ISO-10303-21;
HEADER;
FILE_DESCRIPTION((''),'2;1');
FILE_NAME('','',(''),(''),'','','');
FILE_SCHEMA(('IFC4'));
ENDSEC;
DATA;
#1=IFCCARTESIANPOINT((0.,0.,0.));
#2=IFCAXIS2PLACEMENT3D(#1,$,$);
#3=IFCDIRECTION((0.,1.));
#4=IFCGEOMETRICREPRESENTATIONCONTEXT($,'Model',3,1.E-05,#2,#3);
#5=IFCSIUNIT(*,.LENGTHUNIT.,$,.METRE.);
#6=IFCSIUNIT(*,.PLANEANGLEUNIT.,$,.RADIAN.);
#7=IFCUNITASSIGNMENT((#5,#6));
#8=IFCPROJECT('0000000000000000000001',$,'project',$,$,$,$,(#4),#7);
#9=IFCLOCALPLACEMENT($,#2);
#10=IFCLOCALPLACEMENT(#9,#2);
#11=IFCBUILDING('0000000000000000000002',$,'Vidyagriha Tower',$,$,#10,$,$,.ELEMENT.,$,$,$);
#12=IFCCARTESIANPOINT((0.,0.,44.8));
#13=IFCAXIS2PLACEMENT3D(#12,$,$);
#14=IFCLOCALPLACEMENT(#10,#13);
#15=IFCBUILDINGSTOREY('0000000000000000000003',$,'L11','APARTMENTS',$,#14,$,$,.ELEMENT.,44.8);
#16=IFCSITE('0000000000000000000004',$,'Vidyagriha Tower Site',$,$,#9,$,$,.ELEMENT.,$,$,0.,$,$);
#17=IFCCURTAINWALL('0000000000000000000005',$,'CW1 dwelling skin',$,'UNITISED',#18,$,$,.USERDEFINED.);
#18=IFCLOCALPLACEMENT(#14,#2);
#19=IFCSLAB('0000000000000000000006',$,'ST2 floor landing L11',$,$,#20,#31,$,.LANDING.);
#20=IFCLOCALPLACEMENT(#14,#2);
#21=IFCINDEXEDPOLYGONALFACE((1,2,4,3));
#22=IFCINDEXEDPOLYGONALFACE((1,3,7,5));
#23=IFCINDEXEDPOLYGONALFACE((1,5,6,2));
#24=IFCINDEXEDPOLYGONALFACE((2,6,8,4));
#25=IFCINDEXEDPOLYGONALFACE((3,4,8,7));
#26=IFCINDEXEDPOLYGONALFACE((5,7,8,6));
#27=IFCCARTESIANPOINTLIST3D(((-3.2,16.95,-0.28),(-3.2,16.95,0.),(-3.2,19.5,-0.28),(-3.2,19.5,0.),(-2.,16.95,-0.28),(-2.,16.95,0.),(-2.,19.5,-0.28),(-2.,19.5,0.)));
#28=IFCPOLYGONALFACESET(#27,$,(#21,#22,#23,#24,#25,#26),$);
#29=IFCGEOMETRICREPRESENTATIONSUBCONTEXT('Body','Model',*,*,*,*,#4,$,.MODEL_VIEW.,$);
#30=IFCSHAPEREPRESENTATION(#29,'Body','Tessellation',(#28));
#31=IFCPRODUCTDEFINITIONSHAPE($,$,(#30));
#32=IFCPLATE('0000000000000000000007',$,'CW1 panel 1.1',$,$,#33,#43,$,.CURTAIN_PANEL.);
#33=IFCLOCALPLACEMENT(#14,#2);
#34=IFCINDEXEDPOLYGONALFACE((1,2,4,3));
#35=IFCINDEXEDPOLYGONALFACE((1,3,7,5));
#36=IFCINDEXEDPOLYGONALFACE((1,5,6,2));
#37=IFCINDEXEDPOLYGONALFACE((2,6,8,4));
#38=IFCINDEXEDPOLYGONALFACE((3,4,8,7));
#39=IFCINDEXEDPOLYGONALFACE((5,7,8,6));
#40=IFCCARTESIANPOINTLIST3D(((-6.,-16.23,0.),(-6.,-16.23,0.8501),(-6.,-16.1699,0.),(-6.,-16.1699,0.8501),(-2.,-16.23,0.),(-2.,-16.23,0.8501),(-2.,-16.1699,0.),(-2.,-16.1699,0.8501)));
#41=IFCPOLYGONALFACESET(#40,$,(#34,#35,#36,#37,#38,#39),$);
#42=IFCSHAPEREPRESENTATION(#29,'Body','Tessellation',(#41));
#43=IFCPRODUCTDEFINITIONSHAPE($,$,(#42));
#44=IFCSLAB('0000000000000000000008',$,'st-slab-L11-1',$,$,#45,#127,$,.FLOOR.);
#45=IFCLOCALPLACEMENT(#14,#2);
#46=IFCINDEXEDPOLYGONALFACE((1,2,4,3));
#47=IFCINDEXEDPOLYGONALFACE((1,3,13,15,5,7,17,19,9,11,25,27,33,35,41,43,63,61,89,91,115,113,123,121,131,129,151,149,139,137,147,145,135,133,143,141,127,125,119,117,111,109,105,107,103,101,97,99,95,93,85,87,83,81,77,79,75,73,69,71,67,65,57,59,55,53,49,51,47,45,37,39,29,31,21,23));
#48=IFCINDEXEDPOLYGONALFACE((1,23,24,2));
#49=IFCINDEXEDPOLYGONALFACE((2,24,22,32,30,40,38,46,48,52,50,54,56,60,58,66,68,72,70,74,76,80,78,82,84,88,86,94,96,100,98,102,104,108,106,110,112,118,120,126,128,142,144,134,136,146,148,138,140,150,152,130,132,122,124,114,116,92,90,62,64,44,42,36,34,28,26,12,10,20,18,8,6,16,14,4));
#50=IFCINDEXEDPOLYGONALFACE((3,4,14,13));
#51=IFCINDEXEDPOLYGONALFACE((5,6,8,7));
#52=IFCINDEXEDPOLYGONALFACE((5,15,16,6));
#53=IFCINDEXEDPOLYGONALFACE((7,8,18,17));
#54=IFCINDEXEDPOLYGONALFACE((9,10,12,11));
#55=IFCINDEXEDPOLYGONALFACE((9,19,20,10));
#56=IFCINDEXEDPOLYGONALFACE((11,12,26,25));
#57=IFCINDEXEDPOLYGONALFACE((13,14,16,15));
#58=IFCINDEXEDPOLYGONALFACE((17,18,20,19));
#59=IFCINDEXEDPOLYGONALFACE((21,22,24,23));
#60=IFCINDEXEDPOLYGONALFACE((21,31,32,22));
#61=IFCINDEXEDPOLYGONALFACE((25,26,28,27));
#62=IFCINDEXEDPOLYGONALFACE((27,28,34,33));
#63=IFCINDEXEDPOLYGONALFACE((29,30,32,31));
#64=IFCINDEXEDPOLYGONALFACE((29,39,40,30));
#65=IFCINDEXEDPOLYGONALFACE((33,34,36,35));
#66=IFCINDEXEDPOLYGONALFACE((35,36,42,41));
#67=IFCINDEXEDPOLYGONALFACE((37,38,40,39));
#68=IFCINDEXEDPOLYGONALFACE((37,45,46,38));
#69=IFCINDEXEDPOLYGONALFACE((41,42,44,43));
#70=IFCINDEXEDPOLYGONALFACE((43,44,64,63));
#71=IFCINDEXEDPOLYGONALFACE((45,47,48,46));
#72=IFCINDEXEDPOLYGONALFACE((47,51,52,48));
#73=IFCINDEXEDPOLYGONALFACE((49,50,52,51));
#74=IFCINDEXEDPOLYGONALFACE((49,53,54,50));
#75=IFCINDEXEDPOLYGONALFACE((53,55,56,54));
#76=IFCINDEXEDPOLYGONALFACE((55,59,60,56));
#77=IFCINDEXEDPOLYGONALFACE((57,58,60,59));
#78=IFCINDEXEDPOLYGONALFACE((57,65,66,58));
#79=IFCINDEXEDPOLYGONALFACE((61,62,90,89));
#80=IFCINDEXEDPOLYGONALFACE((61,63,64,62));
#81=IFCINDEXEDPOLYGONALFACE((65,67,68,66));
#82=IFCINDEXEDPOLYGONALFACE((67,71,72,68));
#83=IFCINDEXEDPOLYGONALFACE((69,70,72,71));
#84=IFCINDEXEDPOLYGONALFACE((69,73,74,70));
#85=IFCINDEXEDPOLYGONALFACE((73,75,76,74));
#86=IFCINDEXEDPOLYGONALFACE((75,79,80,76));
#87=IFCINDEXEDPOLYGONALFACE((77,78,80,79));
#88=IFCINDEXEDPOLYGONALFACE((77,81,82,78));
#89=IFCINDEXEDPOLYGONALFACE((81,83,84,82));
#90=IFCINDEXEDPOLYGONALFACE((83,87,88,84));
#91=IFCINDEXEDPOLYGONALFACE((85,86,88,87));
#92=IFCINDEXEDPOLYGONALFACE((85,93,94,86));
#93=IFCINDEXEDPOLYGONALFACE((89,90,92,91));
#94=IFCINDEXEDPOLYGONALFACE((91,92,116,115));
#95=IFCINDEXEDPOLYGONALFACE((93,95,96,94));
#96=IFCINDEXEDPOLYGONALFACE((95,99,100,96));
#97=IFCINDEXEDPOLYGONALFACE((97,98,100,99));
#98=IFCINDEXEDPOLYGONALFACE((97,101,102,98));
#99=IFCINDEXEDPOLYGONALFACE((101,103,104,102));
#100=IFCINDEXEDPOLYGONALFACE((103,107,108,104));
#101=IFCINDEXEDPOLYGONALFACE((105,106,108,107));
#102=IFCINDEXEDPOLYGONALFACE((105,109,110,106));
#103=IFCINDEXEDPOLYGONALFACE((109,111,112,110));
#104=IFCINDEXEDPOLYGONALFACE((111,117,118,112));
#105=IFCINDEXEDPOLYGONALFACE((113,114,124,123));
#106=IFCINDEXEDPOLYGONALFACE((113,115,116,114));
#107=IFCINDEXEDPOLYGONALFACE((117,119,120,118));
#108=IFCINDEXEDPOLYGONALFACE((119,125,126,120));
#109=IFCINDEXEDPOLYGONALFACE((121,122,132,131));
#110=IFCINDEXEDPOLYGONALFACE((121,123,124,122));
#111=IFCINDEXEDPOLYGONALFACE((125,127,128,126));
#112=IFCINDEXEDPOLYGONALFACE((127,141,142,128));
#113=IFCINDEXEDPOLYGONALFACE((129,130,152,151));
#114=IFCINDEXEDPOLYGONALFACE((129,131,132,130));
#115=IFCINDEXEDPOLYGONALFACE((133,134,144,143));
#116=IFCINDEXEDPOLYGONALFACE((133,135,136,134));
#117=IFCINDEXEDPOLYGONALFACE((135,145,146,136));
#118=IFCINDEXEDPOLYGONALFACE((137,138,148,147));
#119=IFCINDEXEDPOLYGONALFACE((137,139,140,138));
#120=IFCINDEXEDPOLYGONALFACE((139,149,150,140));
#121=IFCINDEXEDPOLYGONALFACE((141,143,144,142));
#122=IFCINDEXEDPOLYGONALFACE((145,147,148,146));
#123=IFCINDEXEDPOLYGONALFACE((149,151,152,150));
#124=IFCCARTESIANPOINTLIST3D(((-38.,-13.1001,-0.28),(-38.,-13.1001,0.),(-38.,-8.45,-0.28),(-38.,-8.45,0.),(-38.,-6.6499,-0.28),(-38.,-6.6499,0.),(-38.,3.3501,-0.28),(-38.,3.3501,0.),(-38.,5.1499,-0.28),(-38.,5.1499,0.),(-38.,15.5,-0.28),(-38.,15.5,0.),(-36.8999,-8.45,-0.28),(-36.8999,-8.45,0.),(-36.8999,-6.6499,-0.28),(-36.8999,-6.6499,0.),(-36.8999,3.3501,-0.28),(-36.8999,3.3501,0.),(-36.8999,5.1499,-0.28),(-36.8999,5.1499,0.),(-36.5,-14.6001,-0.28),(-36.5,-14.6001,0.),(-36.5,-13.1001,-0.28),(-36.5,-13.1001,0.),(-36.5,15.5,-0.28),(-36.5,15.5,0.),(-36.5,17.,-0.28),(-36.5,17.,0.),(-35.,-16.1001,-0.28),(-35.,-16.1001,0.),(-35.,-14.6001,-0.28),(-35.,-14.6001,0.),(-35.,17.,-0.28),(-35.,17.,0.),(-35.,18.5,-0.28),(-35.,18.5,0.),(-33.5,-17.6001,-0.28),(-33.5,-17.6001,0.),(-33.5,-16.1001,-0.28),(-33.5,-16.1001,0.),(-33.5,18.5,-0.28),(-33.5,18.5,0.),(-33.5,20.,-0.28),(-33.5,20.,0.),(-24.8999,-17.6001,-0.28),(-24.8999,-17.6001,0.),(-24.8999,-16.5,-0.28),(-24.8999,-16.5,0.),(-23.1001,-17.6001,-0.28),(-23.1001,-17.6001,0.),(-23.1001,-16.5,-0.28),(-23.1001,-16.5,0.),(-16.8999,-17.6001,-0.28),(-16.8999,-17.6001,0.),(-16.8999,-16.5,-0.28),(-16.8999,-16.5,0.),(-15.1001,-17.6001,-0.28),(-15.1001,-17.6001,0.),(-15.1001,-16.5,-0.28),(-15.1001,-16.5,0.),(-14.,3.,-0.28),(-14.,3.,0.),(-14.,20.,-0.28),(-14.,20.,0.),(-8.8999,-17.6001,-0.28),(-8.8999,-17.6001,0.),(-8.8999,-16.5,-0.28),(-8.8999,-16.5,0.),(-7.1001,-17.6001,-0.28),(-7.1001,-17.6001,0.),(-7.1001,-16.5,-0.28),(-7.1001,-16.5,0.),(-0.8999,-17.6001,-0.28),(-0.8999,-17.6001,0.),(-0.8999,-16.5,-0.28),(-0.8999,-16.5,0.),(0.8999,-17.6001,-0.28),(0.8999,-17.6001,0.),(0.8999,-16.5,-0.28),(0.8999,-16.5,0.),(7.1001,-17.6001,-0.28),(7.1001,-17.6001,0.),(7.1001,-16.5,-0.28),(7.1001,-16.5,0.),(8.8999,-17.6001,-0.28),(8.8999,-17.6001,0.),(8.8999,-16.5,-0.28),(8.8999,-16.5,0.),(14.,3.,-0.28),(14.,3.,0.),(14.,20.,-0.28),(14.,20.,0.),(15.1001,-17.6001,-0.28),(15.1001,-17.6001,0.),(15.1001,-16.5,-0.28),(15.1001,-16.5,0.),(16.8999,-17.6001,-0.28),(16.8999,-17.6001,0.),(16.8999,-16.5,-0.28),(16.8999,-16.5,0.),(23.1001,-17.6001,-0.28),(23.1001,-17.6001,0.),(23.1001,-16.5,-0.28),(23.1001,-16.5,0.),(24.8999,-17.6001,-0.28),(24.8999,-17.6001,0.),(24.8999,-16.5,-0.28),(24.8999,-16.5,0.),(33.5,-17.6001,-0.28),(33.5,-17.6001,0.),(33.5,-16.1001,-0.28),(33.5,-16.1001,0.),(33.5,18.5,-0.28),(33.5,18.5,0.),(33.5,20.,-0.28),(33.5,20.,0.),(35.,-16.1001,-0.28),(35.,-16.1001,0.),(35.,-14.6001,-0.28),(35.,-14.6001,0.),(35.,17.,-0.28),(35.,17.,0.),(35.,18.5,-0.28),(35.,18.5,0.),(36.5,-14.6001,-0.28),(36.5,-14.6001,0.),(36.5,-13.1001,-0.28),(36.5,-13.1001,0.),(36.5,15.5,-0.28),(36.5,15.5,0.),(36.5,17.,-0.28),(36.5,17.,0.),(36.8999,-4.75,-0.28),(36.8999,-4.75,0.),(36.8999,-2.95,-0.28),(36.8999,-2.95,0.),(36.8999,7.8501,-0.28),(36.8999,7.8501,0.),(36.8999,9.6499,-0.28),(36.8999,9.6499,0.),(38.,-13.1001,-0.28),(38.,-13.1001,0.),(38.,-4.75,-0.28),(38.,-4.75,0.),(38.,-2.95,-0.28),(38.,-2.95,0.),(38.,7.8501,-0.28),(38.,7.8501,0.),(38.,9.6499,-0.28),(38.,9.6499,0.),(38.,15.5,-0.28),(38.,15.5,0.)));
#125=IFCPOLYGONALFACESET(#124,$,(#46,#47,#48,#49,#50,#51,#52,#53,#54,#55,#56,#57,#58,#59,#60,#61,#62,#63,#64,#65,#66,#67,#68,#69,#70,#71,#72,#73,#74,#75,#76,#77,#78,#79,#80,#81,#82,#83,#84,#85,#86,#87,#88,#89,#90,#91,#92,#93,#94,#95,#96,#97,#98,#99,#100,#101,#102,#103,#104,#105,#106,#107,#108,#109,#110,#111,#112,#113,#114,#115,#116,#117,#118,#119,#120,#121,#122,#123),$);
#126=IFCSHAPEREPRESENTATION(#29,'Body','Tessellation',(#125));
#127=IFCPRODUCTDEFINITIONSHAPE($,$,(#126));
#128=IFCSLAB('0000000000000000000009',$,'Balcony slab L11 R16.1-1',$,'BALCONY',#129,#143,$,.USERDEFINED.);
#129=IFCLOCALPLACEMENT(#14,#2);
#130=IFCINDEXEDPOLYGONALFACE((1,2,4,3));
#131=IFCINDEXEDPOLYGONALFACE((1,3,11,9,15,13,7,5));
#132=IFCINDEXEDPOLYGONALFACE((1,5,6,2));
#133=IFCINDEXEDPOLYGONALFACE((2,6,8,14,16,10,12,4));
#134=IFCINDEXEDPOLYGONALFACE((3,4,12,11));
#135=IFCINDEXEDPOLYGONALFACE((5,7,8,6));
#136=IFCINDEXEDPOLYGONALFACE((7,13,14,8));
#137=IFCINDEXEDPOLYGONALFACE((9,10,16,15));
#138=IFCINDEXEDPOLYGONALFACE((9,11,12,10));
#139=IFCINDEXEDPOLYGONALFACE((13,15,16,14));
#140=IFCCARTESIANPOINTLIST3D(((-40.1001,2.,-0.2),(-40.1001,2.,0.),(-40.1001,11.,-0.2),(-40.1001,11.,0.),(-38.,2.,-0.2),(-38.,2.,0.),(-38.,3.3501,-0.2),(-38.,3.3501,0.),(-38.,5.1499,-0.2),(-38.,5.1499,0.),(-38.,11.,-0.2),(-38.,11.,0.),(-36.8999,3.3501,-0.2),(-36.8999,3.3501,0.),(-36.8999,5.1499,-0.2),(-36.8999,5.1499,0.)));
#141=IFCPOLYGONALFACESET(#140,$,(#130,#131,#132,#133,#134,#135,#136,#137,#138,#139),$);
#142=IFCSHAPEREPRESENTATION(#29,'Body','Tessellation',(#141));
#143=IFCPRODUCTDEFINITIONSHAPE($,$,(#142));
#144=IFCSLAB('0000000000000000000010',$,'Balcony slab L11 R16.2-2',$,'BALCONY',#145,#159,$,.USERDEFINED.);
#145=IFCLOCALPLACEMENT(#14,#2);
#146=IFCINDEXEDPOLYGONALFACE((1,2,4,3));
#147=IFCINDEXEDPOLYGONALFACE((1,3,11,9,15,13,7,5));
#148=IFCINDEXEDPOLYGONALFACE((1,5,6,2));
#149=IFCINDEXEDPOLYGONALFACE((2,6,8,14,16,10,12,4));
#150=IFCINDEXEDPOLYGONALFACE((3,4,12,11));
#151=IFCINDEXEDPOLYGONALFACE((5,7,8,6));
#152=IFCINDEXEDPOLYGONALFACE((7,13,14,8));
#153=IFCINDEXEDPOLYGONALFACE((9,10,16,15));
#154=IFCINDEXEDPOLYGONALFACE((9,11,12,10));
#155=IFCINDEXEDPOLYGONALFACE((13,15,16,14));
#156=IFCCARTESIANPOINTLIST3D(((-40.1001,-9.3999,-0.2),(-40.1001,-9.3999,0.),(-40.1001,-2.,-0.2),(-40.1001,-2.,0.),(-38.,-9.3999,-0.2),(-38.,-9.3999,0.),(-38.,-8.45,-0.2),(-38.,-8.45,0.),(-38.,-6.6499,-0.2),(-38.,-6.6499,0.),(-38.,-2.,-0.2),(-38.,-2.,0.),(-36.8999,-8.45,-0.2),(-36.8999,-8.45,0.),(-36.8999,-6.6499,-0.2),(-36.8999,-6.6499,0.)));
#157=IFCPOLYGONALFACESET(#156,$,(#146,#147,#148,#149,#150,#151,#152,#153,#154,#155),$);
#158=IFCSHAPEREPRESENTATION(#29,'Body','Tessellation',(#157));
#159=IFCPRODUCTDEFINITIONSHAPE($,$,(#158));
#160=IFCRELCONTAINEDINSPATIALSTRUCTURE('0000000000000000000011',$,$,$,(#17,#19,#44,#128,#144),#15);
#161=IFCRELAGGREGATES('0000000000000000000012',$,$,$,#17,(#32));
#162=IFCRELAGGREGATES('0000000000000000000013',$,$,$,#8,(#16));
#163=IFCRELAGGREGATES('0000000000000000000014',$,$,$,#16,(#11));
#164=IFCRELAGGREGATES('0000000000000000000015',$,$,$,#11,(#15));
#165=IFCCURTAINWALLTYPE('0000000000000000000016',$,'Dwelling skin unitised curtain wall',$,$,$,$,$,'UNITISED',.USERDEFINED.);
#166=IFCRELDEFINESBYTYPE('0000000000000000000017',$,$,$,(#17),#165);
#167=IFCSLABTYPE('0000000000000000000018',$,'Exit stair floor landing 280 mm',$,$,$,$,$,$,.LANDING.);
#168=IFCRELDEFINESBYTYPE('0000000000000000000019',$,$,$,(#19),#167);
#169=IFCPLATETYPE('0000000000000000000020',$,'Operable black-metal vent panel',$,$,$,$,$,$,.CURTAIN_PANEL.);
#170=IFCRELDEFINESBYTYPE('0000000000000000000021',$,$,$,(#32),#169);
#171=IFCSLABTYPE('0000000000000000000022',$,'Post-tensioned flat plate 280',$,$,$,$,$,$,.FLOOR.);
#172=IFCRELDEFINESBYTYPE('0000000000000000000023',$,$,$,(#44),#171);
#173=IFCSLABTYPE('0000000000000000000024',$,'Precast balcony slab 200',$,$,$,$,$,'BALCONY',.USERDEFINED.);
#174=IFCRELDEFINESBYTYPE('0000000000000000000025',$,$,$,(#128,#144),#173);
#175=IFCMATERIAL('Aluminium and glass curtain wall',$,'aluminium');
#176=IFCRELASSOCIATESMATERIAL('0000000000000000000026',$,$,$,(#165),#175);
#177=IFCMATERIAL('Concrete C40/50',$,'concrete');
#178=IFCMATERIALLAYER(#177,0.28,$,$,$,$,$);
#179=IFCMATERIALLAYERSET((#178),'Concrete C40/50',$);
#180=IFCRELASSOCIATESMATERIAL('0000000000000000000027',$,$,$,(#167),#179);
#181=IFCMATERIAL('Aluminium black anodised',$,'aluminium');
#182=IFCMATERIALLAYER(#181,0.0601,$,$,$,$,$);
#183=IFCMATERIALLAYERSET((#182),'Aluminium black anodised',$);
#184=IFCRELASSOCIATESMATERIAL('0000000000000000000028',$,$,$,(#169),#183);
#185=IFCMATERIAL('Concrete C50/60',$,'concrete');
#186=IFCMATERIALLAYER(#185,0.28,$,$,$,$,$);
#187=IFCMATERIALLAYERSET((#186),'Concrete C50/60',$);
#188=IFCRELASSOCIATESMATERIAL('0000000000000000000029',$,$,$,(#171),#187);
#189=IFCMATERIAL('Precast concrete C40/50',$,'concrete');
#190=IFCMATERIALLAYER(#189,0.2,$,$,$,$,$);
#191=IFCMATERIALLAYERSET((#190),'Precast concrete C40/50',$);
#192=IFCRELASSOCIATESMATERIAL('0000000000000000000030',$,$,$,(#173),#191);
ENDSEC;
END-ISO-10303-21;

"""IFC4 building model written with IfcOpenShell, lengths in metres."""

from ifc_helpers import new_model, si_unit, direction, frame, origin, origin_2d, place, context, subcontext, project, spatial, polyline, rectangle, outline, extrude, material, layer, layer_set, type_object, element, aggregate, save


model = new_model("IFC4")

# Units and contexts
model_context = context("Model", 3, precision=1e-05, world=origin(), true_north=direction((0.0, 1.0)))
body_context = subcontext(model_context, "Body", "Model", "MODEL_VIEW")
ifc_project = project(units=[si_unit("LENGTHUNIT", "METRE"), si_unit("PLANEANGLEUNIT", "RADIAN")], contexts=[model_context])

# Site, building, storey
site_placement = place(None, origin())
site = spatial("IfcSite", under=ifc_project, at=site_placement, Name="Vidyagriha Tower Site", CompositionType="ELEMENT", RefElevation=0.0)
building_placement = place(site_placement, origin())
building = spatial("IfcBuilding", under=site, at=building_placement, Name="Vidyagriha Tower", CompositionType="ELEMENT")
storey_placement = place(building_placement, frame((0.0, 0.0, 44.8)))
storey = spatial("IfcBuildingStorey", under=building, at=storey_placement, Name="L11", Description="APARTMENTS", CompositionType="ELEMENT", Elevation=44.8)

# Curtain wall
ifc_material_1 = material(Name="Aluminium and glass curtain wall", Category="aluminium")
curtain_wall_type = type_object("IfcCurtainWallType", Name="Dwelling skin unitised curtain wall", ElementType="UNITISED", PredefinedType="USERDEFINED", material=ifc_material_1)
curtain_wall_placement = place(storey_placement, origin())
curtain_wall = element("IfcCurtainWall", 1, at=curtain_wall_placement, inside=storey, type_object=curtain_wall_type, Name="CW1 dwelling skin", ObjectType="UNITISED", PredefinedType="USERDEFINED")

# Slab
ifc_material_2 = material(Name="Concrete C40/50", Category="concrete")
ifc_layer_1 = layer(ifc_material_2, 0.28)
ifc_layer_set_1 = layer_set([ifc_layer_1], Name="Concrete C40/50")
slab_type_1 = type_object("IfcSlabType", Name="Exit stair floor landing 280 mm", PredefinedType="LANDING", material=ifc_layer_set_1)
slab_1_placement = place(storey_placement, frame((0.0, 0.0, -0.28)))
element("IfcSlab", 2, at=slab_1_placement, inside=storey, type_object=slab_type_1, Name="ST2 floor landing L11", PredefinedType="LANDING", context=body_context, shape_type="SweptSolid", body=[
    extrude(outline(polyline([(-3.2, 16.95), (-2.0, 16.95), (-2.0, 19.5), (-3.2, 19.5), (-3.2, 16.95)])), origin(), (0.0, 0.0, 1.0), 0.28),
])

# Plate
ifc_material_3 = material(Name="Aluminium black anodised", Category="aluminium")
ifc_layer_2 = layer(ifc_material_3, 0.0601)
ifc_layer_set_2 = layer_set([ifc_layer_2], Name="Aluminium black anodised")
plate_type_1 = type_object("IfcPlateType", Name="Operable black-metal vent panel", PredefinedType="CURTAIN_PANEL", material=ifc_layer_set_2)
plate_1_placement = place(storey_placement, frame((-4.0, -16.2, 0.0)))
plate_1 = element("IfcPlate", 3, at=plate_1_placement, type_object=plate_type_1, Name="CW1 panel 1.1", PredefinedType="CURTAIN_PANEL", context=body_context, shape_type="SweptSolid", body=[
    extrude(rectangle(XDim=4.0, YDim=0.0601, at=origin_2d()), origin(), (0.0, 0.0, 1.0), 0.8501),
])
aggregate(curtain_wall, [plate_1])

# Slabs
ifc_material_4 = material(Name="Concrete C50/60", Category="concrete")
ifc_layer_3 = layer(ifc_material_4, 0.28)
ifc_layer_set_3 = layer_set([ifc_layer_3], Name="Concrete C50/60")
slab_type_2 = type_object("IfcSlabType", Name="Post-tensioned flat plate 280", PredefinedType="FLOOR", material=ifc_layer_set_3)
slab_2_placement = place(storey_placement, frame((0.0, 0.0, -0.28)))
element("IfcSlab", 4, at=slab_2_placement, inside=storey, type_object=slab_type_2, Name="st-slab-L11-1", PredefinedType="FLOOR", context=body_context, shape_type="SweptSolid", body=[
    extrude(outline(polyline([(36.5, -14.6001), (35.0, -14.6001), (35.0, -16.1001), (33.5, -16.1001), (33.5, -17.6001), (24.8999, -17.6001), (24.8999, -16.5), (23.1001, -16.5), (23.1001, -17.6001), (16.8999, -17.6001), (16.8999, -16.5), (15.1001, -16.5), (15.1001, -17.6001), (8.8999, -17.6001), (8.8999, -16.5), (7.1001, -16.5), (7.1001, -17.6001), (0.8999, -17.6001), (0.8999, -16.5), (-0.8999, -16.5), (-0.8999, -17.6001), (-7.1001, -17.6001), (-7.1001, -16.5), (-8.8999, -16.5), (-8.8999, -17.6001), (-15.1001, -17.6001), (-15.1001, -16.5), (-16.8999, -16.5), (-16.8999, -17.6001), (-23.1001, -17.6001), (-23.1001, -16.5), (-24.8999, -16.5), (-24.8999, -17.6001), (-33.5, -17.6001), (-33.5, -16.1001), (-35.0, -16.1001), (-35.0, -14.6001), (-36.5, -14.6001), (-36.5, -13.1001), (-38.0, -13.1001), (-38.0, -8.45), (-36.8999, -8.45), (-36.8999, -6.6499), (-38.0, -6.6499), (-38.0, 3.3501), (-36.8999, 3.3501), (-36.8999, 5.1499), (-38.0, 5.1499), (-38.0, 15.5), (-36.5, 15.5), (-36.5, 17.0), (-35.0, 17.0), (-35.0, 18.5), (-33.5, 18.5), (-33.5, 20.0), (-14.0, 20.0), (-14.0, 3.0), (14.0, 3.0), (14.0, 20.0), (33.5, 20.0), (33.5, 18.5), (35.0, 18.5), (35.0, 17.0), (36.5, 17.0), (36.5, 15.5), (38.0, 15.5), (38.0, 9.6499), (36.8999, 9.6499), (36.8999, 7.8501), (38.0, 7.8501), (38.0, -2.95), (36.8999, -2.95), (36.8999, -4.75), (38.0, -4.75), (38.0, -13.1001), (36.5, -13.1001), (36.5, -14.6001)])), origin(), (0.0, 0.0, 1.0), 0.28),
])
ifc_material_5 = material(Name="Precast concrete C40/50", Category="concrete")
ifc_layer_4 = layer(ifc_material_5, 0.2)
ifc_layer_set_4 = layer_set([ifc_layer_4], Name="Precast concrete C40/50")
slab_type_3 = type_object("IfcSlabType", Name="Precast balcony slab 200", ElementType="BALCONY", PredefinedType="USERDEFINED", material=ifc_layer_set_4)
slab_3_placement = place(storey_placement, frame((0.0, 0.0, -0.2)))
element("IfcSlab", 5, at=slab_3_placement, inside=storey, type_object=slab_type_3, Name="Balcony slab L11 R16.1-1", ObjectType="BALCONY", PredefinedType="USERDEFINED", context=body_context, shape_type="SweptSolid", body=[
    extrude(outline(polyline([(-36.8999, 3.3501), (-36.8999, 5.1499), (-38.0, 5.1499), (-38.0, 11.0), (-40.1001, 11.0), (-40.1001, 2.0), (-38.0, 2.0), (-38.0, 3.3501), (-36.8999, 3.3501)])), origin(), (0.0, 0.0, 1.0), 0.2),
])
slab_4_placement = place(storey_placement, frame((0.0, 0.0, -0.2)))
element("IfcSlab", 6, at=slab_4_placement, inside=storey, type_object=slab_type_3, Name="Balcony slab L11 R16.2-2", ObjectType="BALCONY", PredefinedType="USERDEFINED", context=body_context, shape_type="SweptSolid", body=[
    extrude(outline(polyline([(-36.8999, -8.45), (-36.8999, -6.6499), (-38.0, -6.6499), (-38.0, -2.0), (-40.1001, -2.0), (-40.1001, -9.3999), (-38.0, -9.3999), (-38.0, -8.45), (-36.8999, -8.45)])), origin(), (0.0, 0.0, 1.0), 0.2),
])

save(model, "model.ifc")
